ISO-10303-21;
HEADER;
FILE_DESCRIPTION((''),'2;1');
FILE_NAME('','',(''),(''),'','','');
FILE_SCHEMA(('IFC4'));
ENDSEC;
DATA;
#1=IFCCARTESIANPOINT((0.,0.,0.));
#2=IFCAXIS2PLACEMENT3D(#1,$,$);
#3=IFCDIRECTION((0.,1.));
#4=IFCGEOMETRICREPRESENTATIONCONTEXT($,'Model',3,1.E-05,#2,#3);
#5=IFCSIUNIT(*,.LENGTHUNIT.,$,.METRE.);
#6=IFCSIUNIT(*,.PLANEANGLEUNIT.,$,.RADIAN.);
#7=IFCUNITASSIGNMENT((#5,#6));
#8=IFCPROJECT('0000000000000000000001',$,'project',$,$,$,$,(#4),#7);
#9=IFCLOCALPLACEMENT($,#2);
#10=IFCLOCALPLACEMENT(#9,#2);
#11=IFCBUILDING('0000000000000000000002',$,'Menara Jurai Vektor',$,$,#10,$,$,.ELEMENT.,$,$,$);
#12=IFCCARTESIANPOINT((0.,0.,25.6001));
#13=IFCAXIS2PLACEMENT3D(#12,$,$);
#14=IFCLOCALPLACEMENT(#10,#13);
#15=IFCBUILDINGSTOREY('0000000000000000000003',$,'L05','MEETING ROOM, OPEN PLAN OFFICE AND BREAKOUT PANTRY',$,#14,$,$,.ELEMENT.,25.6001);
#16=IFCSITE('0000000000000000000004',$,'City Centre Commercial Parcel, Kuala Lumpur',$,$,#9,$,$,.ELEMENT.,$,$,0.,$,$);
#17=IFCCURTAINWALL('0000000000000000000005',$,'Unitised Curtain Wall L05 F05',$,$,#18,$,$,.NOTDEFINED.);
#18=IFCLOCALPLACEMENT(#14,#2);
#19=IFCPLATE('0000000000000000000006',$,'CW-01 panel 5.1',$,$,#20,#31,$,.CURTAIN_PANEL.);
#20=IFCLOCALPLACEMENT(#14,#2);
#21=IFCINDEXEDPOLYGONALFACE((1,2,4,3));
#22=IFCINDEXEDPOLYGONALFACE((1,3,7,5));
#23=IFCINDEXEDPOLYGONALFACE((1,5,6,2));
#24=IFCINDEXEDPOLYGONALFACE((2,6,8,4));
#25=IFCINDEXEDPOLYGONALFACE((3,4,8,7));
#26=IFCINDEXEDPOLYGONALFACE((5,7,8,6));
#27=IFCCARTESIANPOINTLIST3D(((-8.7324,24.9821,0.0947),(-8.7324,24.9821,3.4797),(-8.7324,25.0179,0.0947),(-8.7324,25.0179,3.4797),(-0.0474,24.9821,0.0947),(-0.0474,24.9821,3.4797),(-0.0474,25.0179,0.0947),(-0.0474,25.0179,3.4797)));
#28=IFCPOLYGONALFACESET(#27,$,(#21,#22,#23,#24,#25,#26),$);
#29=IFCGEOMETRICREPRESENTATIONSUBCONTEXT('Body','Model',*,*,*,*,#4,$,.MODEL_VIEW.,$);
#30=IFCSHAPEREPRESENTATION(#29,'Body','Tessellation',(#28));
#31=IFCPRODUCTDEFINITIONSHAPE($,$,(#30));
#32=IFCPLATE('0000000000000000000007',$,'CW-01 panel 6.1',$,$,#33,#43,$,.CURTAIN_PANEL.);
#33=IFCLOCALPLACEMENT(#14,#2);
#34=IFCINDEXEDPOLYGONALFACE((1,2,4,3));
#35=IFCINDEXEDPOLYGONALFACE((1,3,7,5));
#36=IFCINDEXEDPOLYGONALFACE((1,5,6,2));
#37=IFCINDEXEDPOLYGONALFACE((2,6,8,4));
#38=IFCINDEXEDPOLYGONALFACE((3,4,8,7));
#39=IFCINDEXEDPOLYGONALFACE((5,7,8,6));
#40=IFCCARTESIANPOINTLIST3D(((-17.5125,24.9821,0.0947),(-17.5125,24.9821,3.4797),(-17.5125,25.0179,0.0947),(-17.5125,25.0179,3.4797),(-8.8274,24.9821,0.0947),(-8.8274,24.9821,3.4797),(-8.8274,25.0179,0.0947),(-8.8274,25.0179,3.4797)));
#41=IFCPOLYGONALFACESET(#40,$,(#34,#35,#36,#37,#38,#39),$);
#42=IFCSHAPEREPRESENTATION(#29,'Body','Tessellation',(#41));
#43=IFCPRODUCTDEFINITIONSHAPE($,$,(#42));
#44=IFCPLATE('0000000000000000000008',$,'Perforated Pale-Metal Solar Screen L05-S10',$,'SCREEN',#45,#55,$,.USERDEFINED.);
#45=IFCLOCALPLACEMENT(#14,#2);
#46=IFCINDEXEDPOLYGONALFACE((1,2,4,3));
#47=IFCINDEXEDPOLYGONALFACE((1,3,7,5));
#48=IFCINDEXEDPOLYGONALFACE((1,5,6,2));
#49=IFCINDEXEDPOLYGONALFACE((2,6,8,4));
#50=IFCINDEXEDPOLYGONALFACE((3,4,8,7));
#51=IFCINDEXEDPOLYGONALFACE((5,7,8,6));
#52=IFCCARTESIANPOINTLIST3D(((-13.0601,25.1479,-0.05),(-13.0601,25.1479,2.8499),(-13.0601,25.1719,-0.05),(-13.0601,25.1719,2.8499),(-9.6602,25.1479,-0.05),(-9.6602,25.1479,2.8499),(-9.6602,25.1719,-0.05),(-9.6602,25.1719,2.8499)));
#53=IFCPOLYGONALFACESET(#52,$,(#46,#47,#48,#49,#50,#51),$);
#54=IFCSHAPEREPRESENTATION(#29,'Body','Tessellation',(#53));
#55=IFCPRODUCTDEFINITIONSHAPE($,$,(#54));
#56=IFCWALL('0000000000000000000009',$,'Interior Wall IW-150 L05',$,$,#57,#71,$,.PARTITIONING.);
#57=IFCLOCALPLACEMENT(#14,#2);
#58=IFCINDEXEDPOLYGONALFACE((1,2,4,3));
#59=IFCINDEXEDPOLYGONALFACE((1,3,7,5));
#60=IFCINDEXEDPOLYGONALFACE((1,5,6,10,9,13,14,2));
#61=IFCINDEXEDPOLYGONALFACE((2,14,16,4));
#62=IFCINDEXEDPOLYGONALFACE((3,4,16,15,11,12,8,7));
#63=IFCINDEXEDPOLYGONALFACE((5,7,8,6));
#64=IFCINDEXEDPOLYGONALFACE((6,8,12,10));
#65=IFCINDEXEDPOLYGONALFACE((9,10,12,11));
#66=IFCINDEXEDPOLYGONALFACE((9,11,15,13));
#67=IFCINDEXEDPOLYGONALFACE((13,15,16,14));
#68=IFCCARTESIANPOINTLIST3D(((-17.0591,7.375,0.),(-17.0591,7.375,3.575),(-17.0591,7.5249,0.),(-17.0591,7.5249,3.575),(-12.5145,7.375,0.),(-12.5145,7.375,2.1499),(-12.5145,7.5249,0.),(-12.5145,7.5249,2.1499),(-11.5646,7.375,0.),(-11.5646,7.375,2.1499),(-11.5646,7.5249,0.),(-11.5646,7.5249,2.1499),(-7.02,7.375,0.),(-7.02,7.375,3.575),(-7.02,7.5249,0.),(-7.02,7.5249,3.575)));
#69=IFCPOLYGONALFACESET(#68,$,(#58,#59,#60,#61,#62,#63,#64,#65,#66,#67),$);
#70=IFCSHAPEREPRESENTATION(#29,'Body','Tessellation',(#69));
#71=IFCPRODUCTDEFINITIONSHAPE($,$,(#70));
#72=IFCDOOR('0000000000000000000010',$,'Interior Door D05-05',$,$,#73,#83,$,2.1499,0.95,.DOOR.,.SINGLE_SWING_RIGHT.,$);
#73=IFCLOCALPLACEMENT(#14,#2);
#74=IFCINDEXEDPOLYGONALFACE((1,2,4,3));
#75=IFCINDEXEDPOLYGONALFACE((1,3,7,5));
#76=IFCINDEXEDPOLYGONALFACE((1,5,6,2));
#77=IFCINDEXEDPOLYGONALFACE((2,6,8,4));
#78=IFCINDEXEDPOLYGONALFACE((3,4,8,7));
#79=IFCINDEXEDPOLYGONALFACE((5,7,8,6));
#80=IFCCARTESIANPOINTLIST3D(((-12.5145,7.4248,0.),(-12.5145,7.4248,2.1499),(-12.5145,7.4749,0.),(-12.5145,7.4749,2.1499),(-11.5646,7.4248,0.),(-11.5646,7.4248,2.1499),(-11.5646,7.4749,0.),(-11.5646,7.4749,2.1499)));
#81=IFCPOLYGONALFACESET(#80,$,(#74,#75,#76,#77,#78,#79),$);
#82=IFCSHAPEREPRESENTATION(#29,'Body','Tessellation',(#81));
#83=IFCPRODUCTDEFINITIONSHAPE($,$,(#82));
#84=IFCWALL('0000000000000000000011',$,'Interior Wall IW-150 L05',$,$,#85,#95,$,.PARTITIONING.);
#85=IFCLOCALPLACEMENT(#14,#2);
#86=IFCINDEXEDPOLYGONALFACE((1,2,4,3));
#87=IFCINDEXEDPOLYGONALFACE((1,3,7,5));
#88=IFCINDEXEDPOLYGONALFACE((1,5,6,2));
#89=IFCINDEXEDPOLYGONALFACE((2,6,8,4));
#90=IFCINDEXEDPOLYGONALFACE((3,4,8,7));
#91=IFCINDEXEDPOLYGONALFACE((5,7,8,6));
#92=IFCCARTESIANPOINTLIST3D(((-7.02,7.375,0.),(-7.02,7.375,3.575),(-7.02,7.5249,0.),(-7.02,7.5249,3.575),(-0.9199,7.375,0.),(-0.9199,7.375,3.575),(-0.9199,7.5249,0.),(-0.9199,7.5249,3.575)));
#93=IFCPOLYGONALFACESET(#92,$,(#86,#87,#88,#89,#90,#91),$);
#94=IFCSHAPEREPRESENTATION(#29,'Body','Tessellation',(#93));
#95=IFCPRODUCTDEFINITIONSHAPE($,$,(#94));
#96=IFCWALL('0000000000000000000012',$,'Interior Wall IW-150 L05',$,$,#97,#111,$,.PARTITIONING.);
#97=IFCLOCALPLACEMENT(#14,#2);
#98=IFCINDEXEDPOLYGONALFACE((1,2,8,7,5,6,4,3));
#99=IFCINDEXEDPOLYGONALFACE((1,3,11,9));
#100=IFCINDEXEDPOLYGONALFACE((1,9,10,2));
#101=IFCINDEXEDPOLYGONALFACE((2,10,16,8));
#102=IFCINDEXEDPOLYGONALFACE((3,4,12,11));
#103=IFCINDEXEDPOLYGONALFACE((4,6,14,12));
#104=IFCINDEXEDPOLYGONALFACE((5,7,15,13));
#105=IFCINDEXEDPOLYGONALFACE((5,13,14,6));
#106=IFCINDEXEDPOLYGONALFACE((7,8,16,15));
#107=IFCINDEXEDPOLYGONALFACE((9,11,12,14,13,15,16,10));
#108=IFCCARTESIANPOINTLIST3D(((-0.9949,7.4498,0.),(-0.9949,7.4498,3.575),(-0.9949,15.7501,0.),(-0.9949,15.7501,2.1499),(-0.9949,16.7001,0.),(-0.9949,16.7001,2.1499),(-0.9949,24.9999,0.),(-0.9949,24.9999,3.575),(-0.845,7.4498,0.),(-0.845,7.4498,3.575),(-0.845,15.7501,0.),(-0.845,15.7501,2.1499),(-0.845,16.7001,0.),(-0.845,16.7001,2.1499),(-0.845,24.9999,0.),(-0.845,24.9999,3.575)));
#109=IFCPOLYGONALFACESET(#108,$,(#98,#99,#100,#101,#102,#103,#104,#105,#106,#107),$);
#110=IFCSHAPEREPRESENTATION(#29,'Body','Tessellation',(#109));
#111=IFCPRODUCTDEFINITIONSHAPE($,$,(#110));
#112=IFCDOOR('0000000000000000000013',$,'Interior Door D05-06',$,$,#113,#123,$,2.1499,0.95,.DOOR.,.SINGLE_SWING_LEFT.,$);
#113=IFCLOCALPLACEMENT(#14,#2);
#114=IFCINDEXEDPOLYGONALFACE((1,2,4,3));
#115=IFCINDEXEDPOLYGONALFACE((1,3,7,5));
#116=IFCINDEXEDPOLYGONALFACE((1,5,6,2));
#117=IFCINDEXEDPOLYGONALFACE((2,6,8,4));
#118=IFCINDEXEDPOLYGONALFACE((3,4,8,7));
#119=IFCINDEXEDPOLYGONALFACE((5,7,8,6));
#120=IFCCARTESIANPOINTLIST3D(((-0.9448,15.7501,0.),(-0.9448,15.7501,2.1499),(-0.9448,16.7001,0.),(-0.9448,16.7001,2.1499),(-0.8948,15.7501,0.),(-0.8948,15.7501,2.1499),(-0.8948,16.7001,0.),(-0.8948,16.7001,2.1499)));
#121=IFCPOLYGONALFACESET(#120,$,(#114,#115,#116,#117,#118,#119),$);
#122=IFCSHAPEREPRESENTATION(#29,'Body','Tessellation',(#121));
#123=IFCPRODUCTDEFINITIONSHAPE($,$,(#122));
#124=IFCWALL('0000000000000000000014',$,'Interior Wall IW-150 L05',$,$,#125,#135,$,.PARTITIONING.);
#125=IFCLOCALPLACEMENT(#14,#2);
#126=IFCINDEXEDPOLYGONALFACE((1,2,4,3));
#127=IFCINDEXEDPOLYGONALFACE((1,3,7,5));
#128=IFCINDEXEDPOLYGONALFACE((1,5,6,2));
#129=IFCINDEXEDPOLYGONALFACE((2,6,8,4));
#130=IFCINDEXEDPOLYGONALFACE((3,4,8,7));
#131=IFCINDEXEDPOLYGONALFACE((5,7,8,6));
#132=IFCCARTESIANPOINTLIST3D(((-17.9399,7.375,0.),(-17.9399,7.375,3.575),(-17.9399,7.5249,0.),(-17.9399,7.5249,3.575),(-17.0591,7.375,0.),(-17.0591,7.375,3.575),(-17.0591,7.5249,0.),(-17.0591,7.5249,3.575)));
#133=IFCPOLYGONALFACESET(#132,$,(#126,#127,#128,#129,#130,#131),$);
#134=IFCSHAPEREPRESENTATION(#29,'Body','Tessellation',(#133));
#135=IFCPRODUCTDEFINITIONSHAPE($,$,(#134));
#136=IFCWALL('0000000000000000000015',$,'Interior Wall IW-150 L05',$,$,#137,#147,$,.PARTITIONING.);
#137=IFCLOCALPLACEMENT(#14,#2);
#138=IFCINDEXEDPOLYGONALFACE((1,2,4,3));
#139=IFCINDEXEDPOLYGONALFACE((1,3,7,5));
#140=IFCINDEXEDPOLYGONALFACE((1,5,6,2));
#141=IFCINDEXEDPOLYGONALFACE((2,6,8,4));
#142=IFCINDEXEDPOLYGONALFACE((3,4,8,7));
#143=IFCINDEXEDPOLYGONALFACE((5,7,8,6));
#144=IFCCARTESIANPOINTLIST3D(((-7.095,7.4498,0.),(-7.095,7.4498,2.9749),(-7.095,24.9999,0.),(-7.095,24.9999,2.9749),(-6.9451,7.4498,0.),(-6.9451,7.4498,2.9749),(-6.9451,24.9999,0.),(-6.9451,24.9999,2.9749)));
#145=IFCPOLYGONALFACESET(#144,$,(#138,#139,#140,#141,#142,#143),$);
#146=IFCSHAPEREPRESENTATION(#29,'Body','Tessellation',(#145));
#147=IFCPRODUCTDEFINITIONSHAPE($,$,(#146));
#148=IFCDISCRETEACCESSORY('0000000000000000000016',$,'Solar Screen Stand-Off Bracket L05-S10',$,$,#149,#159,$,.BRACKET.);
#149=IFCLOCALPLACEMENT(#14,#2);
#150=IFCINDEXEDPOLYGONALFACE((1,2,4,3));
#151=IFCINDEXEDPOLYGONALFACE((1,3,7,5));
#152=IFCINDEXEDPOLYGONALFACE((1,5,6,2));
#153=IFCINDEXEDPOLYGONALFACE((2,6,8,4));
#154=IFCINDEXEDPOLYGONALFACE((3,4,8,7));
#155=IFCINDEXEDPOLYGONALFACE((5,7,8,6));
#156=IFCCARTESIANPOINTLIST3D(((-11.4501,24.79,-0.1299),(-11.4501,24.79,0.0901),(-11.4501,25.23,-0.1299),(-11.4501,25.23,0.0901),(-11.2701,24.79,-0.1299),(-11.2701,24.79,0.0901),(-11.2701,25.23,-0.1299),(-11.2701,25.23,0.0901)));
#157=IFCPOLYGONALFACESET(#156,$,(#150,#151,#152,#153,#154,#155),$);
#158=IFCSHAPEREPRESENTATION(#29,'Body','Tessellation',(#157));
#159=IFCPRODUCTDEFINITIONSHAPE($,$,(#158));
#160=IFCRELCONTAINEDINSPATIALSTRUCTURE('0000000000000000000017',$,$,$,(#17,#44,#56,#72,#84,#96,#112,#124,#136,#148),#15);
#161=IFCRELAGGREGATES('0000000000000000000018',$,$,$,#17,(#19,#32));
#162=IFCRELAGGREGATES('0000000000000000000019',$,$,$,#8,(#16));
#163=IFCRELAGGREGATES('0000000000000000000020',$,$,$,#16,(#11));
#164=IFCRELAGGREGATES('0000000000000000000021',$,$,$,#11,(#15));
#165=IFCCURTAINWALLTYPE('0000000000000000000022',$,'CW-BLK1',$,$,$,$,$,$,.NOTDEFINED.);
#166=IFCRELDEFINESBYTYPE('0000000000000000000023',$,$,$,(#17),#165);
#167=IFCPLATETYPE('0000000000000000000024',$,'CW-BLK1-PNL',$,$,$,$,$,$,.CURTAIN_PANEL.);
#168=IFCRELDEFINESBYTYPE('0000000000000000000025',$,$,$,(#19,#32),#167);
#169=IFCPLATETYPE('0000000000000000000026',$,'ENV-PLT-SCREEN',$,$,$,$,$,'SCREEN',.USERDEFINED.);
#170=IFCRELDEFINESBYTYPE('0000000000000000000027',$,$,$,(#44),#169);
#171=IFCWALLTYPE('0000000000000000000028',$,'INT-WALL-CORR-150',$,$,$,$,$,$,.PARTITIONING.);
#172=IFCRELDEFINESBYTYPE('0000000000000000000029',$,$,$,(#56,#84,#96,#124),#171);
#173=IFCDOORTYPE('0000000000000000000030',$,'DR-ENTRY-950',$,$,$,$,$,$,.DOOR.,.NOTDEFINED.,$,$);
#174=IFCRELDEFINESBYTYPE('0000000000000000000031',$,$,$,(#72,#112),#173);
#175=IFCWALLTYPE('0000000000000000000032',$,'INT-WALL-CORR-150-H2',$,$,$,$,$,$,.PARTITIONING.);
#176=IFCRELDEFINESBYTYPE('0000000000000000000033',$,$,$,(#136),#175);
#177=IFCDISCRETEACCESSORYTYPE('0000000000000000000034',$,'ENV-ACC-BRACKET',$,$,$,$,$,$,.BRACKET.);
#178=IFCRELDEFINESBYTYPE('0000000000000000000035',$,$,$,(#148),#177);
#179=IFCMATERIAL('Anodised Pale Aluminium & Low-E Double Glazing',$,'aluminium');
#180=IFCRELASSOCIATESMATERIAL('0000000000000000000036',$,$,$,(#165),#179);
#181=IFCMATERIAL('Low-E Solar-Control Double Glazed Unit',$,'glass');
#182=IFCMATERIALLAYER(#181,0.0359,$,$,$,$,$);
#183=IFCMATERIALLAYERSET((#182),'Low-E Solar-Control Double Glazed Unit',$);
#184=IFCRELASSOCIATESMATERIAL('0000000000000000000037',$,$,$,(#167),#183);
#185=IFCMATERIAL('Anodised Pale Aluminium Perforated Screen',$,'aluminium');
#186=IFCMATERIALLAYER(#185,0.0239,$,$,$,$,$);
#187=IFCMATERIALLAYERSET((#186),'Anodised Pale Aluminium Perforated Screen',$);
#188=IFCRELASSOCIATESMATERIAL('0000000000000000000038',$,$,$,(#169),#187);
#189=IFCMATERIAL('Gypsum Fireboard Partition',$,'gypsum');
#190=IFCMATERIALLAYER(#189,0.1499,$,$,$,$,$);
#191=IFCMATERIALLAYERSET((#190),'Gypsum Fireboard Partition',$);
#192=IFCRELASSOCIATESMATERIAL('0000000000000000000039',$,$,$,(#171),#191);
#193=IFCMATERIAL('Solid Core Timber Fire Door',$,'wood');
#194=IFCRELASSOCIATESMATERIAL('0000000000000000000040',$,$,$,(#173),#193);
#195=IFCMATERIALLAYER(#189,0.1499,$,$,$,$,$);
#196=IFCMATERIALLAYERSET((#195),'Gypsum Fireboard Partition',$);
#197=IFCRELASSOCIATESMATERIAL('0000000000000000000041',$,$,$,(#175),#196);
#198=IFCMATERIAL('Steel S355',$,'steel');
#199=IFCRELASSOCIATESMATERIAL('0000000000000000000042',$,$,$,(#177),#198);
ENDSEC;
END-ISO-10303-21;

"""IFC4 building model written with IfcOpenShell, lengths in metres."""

from ifc_helpers import new_model, si_unit, direction, frame, frame_2d, origin, origin_2d, place, context, subcontext, project, spatial, rectangle, extrude, material, layer, layer_set, type_object, element, fill, aggregate, save


model = new_model("IFC4")

# Units and contexts
model_context = context("Model", 3, precision=1e-05, world=origin(), true_north=direction((0.0, 1.0)))
body_context = subcontext(model_context, "Body", "Model", "MODEL_VIEW")
ifc_project = project(units=[si_unit("LENGTHUNIT", "METRE"), si_unit("PLANEANGLEUNIT", "RADIAN")], contexts=[model_context])

# Site, building, storey
site_placement = place(None, origin())
site = spatial("IfcSite", under=ifc_project, at=site_placement, Name="City Centre Commercial Parcel, Kuala Lumpur", CompositionType="ELEMENT", RefElevation=0.0)
building_placement = place(site_placement, origin())
building = spatial("IfcBuilding", under=site, at=building_placement, Name="Menara Jurai Vektor", CompositionType="ELEMENT")
storey_placement = place(building_placement, frame((0.0, 0.0, 25.6001)))
storey = spatial("IfcBuildingStorey", under=building, at=storey_placement, Name="L05", Description="MEETING ROOM, OPEN PLAN OFFICE AND BREAKOUT PANTRY", CompositionType="ELEMENT", Elevation=25.6001)

# Curtain wall
ifc_material_1 = material(Name="Anodised Pale Aluminium & Low-E Double Glazing", Category="aluminium")
curtain_wall_type = type_object("IfcCurtainWallType", Name="CW-BLK1", PredefinedType="NOTDEFINED", material=ifc_material_1)
curtain_wall_placement = place(storey_placement, origin())
curtain_wall = element("IfcCurtainWall", 1, at=curtain_wall_placement, inside=storey, type_object=curtain_wall_type, Name="Unitised Curtain Wall L05 F05", PredefinedType="NOTDEFINED")

# Shared definitions
ifc_material_2 = material(Name="Steel S355", Category="steel")

# Plates
ifc_material_3 = material(Name="Low-E Solar-Control Double Glazed Unit", Category="glass")
ifc_layer_1 = layer(ifc_material_3, 0.0359)
ifc_layer_set_1 = layer_set([ifc_layer_1], Name="Low-E Solar-Control Double Glazed Unit")
plate_type_1 = type_object("IfcPlateType", Name="CW-BLK1-PNL", PredefinedType="CURTAIN_PANEL", material=ifc_layer_set_1)
plate_1_placement = place(storey_placement, frame((-4.3899, 25.0, 0.0947), z_axis=(0.0, 0.0, 1.0), x_axis=(-1.0, 0.0, 0.0)))
plate_1 = element("IfcPlate", 2, at=plate_1_placement, type_object=plate_type_1, Name="CW-01 panel 5.1", PredefinedType="CURTAIN_PANEL", context=body_context, shape_type="SweptSolid", body=[
    extrude(rectangle(XDim=8.6851, YDim=0.0359, at=origin_2d()), origin(), (0.0, 0.0, 1.0), 3.385),
])
plate_2_placement = place(storey_placement, frame((-13.1699, 25.0, 0.0947), z_axis=(0.0, 0.0, 1.0), x_axis=(-1.0, 0.0, 0.0)))
plate_2 = element("IfcPlate", 3, at=plate_2_placement, type_object=plate_type_1, Name="CW-01 panel 6.1", PredefinedType="CURTAIN_PANEL", context=body_context, shape_type="SweptSolid", body=[
    extrude(rectangle(XDim=8.6851, YDim=0.0359, at=origin_2d()), origin(), (0.0, 0.0, 1.0), 3.385),
])
aggregate(curtain_wall, [plate_1, plate_2])
ifc_material_4 = material(Name="Anodised Pale Aluminium Perforated Screen", Category="aluminium")
ifc_layer_2 = layer(ifc_material_4, 0.0239)
ifc_layer_set_2 = layer_set([ifc_layer_2], Name="Anodised Pale Aluminium Perforated Screen")
plate_type_2 = type_object("IfcPlateType", Name="ENV-PLT-SCREEN", ElementType="SCREEN", PredefinedType="USERDEFINED", material=ifc_layer_set_2)
plate_3_placement = place(storey_placement, frame((-11.3601, 25.1599, -0.05), z_axis=(0.0, 0.0, 1.0), x_axis=(-1.0, 0.0, 0.0)))
element("IfcPlate", 4, at=plate_3_placement, inside=storey, type_object=plate_type_2, Name="Perforated Pale-Metal Solar Screen L05-S10", ObjectType="SCREEN", PredefinedType="USERDEFINED", context=body_context, shape_type="SweptSolid", body=[
    extrude(rectangle(XDim=3.3999, YDim=0.0239, at=origin_2d()), origin(), (0.0, 0.0, 1.0), 2.8999),
])

# Wall, opening, door
ifc_material_5 = material(Name="Gypsum Fireboard Partition", Category="gypsum")
ifc_layer_3 = layer(ifc_material_5, 0.1499)
ifc_layer_set_3 = layer_set([ifc_layer_3], Name="Gypsum Fireboard Partition")
wall_type_1 = type_object("IfcWallType", Name="INT-WALL-CORR-150", PredefinedType="PARTITIONING", material=ifc_layer_set_3)
wall_1_placement = place(storey_placement, frame((-17.0591, 7.45, 0.0), z_axis=(0.0, 0.0, 1.0), x_axis=(1.0, 0.0, 0.0)))
wall_1 = element("IfcWall", 5, at=wall_1_placement, inside=storey, type_object=wall_type_1, Name="Interior Wall IW-150 L05", PredefinedType="PARTITIONING", context=body_context, shape_type="SweptSolid", body=[
    extrude(rectangle(XDim=10.0391, YDim=0.1499, at=frame_2d((5.0195, 0.0))), origin(), (0.0, 0.0, 1.0), 3.575),
])
opening_1_placement = place(wall_1_placement, frame((4.5444, 0.0, 0.0)))
opening_1 = element("IfcOpeningElement", 6, at=opening_1_placement, cuts=wall_1, PredefinedType="OPENING", context=body_context, shape_type="SweptSolid", body=[
    extrude(rectangle(XDim=0.95, YDim=2.1499, at=frame_2d((0.4751, 1.075))), frame((0.0, 0.085, 0.0), z_axis=(0.0, -1.0, 0.0), x_axis=(1.0, 0.0, 0.0)), (0.0, 0.0, 1.0), 0.1699),
])
ifc_material_6 = material(Name="Solid Core Timber Fire Door", Category="wood")
door_type = type_object("IfcDoorType", Name="DR-ENTRY-950", OperationType="NOTDEFINED", PredefinedType="DOOR", material=ifc_material_6)
door_1_placement = place(opening_1_placement, origin())
door_1 = element("IfcDoor", 7, at=door_1_placement, inside=storey, type_object=door_type, Name="Interior Door D05-05", OperationType="SINGLE_SWING_RIGHT", OverallHeight=2.1499, OverallWidth=0.95, PredefinedType="DOOR", context=body_context, shape_type="SweptSolid", body=[
    extrude(rectangle(XDim=0.95, YDim=2.1499, at=frame_2d((0.4751, 1.075))), frame((0.0, 0.0249, 0.0), z_axis=(0.0, -1.0, 0.0), x_axis=(1.0, 0.0, 0.0)), (0.0, 0.0, 1.0), 0.05),
])
fill(opening_1, door_1)

# Wall
wall_2_placement = place(storey_placement, frame((-7.02, 7.45, 0.0), z_axis=(0.0, 0.0, 1.0), x_axis=(1.0, 0.0, 0.0)))
element("IfcWall", 8, at=wall_2_placement, inside=storey, type_object=wall_type_1, Name="Interior Wall IW-150 L05", PredefinedType="PARTITIONING", context=body_context, shape_type="SweptSolid", body=[
    extrude(rectangle(XDim=6.1001, YDim=0.1499, at=frame_2d((3.05, 0.0))), origin(), (0.0, 0.0, 1.0), 3.575),
])

# Wall, opening, door
wall_3_placement = place(storey_placement, frame((-0.9199, 7.45, 0.0), z_axis=(0.0, 0.0, 1.0), x_axis=(0.0, 1.0, 0.0)))
wall_3 = element("IfcWall", 9, at=wall_3_placement, inside=storey, type_object=wall_type_1, Name="Interior Wall IW-150 L05", PredefinedType="PARTITIONING", context=body_context, shape_type="SweptSolid", body=[
    extrude(rectangle(XDim=17.55, YDim=0.1499, at=frame_2d((8.7749, 0.0))), origin(), (0.0, 0.0, 1.0), 3.575),
])
opening_2_placement = place(wall_3_placement, frame((8.3, 0.0, 0.0)))
opening_2 = element("IfcOpeningElement", 10, at=opening_2_placement, cuts=wall_3, PredefinedType="OPENING", context=body_context, shape_type="SweptSolid", body=[
    extrude(rectangle(XDim=0.95, YDim=2.1499, at=frame_2d((0.4751, 1.075))), frame((0.0, 0.085, 0.0), z_axis=(0.0, -1.0, 0.0), x_axis=(1.0, 0.0, 0.0)), (0.0, 0.0, 1.0), 0.1699),
])
door_2_placement = place(opening_2_placement, origin())
door_2 = element("IfcDoor", 11, at=door_2_placement, inside=storey, type_object=door_type, Name="Interior Door D05-06", OperationType="SINGLE_SWING_LEFT", OverallHeight=2.1499, OverallWidth=0.95, PredefinedType="DOOR", context=body_context, shape_type="SweptSolid", body=[
    extrude(rectangle(XDim=0.95, YDim=2.1499, at=frame_2d((0.4751, 1.075))), frame((0.0, 0.0249, 0.0), z_axis=(0.0, -1.0, 0.0), x_axis=(1.0, 0.0, 0.0)), (0.0, 0.0, 1.0), 0.05),
])
fill(opening_2, door_2)

# Walls
wall_4_placement = place(storey_placement, frame((-17.9399, 7.45, 0.0), z_axis=(0.0, 0.0, 1.0), x_axis=(1.0, 0.0, 0.0)))
element("IfcWall", 12, at=wall_4_placement, inside=storey, type_object=wall_type_1, Name="Interior Wall IW-150 L05", PredefinedType="PARTITIONING", context=body_context, shape_type="SweptSolid", body=[
    extrude(rectangle(XDim=0.8809, YDim=0.1499, at=frame_2d((0.4404, 0.0))), origin(), (0.0, 0.0, 1.0), 3.575),
])
ifc_layer_4 = layer(ifc_material_5, 0.1499)
ifc_layer_set_4 = layer_set([ifc_layer_4], Name="Gypsum Fireboard Partition")
wall_type_2 = type_object("IfcWallType", Name="INT-WALL-CORR-150-H2", PredefinedType="PARTITIONING", material=ifc_layer_set_4)
wall_5_placement = place(storey_placement, frame((-7.02, 7.45, 0.0), z_axis=(0.0, 0.0, 1.0), x_axis=(0.0, 1.0, 0.0)))
element("IfcWall", 13, at=wall_5_placement, inside=storey, type_object=wall_type_2, Name="Interior Wall IW-150 L05", PredefinedType="PARTITIONING", context=body_context, shape_type="SweptSolid", body=[
    extrude(rectangle(XDim=17.55, YDim=0.1499, at=frame_2d((8.7749, 0.0))), origin(), (0.0, 0.0, 1.0), 2.9749),
])

# Discrete accessory
discrete_accessory_type = type_object("IfcDiscreteAccessoryType", Name="ENV-ACC-BRACKET", PredefinedType="BRACKET", material=ifc_material_2)
discrete_accessory_placement = place(storey_placement, frame((-11.3601, 25.01, -0.1299), z_axis=(0.0, 0.0, 1.0), x_axis=(-1.0, 0.0, 0.0)))
element("IfcDiscreteAccessory", 14, at=discrete_accessory_placement, inside=storey, type_object=discrete_accessory_type, Name="Solar Screen Stand-Off Bracket L05-S10", PredefinedType="BRACKET", context=body_context, shape_type="SweptSolid", body=[
    extrude(rectangle(XDim=0.1799, YDim=0.4399, at=origin_2d()), origin(), (0.0, 0.0, 1.0), 0.22),
])

save(model, "model.ifc")
